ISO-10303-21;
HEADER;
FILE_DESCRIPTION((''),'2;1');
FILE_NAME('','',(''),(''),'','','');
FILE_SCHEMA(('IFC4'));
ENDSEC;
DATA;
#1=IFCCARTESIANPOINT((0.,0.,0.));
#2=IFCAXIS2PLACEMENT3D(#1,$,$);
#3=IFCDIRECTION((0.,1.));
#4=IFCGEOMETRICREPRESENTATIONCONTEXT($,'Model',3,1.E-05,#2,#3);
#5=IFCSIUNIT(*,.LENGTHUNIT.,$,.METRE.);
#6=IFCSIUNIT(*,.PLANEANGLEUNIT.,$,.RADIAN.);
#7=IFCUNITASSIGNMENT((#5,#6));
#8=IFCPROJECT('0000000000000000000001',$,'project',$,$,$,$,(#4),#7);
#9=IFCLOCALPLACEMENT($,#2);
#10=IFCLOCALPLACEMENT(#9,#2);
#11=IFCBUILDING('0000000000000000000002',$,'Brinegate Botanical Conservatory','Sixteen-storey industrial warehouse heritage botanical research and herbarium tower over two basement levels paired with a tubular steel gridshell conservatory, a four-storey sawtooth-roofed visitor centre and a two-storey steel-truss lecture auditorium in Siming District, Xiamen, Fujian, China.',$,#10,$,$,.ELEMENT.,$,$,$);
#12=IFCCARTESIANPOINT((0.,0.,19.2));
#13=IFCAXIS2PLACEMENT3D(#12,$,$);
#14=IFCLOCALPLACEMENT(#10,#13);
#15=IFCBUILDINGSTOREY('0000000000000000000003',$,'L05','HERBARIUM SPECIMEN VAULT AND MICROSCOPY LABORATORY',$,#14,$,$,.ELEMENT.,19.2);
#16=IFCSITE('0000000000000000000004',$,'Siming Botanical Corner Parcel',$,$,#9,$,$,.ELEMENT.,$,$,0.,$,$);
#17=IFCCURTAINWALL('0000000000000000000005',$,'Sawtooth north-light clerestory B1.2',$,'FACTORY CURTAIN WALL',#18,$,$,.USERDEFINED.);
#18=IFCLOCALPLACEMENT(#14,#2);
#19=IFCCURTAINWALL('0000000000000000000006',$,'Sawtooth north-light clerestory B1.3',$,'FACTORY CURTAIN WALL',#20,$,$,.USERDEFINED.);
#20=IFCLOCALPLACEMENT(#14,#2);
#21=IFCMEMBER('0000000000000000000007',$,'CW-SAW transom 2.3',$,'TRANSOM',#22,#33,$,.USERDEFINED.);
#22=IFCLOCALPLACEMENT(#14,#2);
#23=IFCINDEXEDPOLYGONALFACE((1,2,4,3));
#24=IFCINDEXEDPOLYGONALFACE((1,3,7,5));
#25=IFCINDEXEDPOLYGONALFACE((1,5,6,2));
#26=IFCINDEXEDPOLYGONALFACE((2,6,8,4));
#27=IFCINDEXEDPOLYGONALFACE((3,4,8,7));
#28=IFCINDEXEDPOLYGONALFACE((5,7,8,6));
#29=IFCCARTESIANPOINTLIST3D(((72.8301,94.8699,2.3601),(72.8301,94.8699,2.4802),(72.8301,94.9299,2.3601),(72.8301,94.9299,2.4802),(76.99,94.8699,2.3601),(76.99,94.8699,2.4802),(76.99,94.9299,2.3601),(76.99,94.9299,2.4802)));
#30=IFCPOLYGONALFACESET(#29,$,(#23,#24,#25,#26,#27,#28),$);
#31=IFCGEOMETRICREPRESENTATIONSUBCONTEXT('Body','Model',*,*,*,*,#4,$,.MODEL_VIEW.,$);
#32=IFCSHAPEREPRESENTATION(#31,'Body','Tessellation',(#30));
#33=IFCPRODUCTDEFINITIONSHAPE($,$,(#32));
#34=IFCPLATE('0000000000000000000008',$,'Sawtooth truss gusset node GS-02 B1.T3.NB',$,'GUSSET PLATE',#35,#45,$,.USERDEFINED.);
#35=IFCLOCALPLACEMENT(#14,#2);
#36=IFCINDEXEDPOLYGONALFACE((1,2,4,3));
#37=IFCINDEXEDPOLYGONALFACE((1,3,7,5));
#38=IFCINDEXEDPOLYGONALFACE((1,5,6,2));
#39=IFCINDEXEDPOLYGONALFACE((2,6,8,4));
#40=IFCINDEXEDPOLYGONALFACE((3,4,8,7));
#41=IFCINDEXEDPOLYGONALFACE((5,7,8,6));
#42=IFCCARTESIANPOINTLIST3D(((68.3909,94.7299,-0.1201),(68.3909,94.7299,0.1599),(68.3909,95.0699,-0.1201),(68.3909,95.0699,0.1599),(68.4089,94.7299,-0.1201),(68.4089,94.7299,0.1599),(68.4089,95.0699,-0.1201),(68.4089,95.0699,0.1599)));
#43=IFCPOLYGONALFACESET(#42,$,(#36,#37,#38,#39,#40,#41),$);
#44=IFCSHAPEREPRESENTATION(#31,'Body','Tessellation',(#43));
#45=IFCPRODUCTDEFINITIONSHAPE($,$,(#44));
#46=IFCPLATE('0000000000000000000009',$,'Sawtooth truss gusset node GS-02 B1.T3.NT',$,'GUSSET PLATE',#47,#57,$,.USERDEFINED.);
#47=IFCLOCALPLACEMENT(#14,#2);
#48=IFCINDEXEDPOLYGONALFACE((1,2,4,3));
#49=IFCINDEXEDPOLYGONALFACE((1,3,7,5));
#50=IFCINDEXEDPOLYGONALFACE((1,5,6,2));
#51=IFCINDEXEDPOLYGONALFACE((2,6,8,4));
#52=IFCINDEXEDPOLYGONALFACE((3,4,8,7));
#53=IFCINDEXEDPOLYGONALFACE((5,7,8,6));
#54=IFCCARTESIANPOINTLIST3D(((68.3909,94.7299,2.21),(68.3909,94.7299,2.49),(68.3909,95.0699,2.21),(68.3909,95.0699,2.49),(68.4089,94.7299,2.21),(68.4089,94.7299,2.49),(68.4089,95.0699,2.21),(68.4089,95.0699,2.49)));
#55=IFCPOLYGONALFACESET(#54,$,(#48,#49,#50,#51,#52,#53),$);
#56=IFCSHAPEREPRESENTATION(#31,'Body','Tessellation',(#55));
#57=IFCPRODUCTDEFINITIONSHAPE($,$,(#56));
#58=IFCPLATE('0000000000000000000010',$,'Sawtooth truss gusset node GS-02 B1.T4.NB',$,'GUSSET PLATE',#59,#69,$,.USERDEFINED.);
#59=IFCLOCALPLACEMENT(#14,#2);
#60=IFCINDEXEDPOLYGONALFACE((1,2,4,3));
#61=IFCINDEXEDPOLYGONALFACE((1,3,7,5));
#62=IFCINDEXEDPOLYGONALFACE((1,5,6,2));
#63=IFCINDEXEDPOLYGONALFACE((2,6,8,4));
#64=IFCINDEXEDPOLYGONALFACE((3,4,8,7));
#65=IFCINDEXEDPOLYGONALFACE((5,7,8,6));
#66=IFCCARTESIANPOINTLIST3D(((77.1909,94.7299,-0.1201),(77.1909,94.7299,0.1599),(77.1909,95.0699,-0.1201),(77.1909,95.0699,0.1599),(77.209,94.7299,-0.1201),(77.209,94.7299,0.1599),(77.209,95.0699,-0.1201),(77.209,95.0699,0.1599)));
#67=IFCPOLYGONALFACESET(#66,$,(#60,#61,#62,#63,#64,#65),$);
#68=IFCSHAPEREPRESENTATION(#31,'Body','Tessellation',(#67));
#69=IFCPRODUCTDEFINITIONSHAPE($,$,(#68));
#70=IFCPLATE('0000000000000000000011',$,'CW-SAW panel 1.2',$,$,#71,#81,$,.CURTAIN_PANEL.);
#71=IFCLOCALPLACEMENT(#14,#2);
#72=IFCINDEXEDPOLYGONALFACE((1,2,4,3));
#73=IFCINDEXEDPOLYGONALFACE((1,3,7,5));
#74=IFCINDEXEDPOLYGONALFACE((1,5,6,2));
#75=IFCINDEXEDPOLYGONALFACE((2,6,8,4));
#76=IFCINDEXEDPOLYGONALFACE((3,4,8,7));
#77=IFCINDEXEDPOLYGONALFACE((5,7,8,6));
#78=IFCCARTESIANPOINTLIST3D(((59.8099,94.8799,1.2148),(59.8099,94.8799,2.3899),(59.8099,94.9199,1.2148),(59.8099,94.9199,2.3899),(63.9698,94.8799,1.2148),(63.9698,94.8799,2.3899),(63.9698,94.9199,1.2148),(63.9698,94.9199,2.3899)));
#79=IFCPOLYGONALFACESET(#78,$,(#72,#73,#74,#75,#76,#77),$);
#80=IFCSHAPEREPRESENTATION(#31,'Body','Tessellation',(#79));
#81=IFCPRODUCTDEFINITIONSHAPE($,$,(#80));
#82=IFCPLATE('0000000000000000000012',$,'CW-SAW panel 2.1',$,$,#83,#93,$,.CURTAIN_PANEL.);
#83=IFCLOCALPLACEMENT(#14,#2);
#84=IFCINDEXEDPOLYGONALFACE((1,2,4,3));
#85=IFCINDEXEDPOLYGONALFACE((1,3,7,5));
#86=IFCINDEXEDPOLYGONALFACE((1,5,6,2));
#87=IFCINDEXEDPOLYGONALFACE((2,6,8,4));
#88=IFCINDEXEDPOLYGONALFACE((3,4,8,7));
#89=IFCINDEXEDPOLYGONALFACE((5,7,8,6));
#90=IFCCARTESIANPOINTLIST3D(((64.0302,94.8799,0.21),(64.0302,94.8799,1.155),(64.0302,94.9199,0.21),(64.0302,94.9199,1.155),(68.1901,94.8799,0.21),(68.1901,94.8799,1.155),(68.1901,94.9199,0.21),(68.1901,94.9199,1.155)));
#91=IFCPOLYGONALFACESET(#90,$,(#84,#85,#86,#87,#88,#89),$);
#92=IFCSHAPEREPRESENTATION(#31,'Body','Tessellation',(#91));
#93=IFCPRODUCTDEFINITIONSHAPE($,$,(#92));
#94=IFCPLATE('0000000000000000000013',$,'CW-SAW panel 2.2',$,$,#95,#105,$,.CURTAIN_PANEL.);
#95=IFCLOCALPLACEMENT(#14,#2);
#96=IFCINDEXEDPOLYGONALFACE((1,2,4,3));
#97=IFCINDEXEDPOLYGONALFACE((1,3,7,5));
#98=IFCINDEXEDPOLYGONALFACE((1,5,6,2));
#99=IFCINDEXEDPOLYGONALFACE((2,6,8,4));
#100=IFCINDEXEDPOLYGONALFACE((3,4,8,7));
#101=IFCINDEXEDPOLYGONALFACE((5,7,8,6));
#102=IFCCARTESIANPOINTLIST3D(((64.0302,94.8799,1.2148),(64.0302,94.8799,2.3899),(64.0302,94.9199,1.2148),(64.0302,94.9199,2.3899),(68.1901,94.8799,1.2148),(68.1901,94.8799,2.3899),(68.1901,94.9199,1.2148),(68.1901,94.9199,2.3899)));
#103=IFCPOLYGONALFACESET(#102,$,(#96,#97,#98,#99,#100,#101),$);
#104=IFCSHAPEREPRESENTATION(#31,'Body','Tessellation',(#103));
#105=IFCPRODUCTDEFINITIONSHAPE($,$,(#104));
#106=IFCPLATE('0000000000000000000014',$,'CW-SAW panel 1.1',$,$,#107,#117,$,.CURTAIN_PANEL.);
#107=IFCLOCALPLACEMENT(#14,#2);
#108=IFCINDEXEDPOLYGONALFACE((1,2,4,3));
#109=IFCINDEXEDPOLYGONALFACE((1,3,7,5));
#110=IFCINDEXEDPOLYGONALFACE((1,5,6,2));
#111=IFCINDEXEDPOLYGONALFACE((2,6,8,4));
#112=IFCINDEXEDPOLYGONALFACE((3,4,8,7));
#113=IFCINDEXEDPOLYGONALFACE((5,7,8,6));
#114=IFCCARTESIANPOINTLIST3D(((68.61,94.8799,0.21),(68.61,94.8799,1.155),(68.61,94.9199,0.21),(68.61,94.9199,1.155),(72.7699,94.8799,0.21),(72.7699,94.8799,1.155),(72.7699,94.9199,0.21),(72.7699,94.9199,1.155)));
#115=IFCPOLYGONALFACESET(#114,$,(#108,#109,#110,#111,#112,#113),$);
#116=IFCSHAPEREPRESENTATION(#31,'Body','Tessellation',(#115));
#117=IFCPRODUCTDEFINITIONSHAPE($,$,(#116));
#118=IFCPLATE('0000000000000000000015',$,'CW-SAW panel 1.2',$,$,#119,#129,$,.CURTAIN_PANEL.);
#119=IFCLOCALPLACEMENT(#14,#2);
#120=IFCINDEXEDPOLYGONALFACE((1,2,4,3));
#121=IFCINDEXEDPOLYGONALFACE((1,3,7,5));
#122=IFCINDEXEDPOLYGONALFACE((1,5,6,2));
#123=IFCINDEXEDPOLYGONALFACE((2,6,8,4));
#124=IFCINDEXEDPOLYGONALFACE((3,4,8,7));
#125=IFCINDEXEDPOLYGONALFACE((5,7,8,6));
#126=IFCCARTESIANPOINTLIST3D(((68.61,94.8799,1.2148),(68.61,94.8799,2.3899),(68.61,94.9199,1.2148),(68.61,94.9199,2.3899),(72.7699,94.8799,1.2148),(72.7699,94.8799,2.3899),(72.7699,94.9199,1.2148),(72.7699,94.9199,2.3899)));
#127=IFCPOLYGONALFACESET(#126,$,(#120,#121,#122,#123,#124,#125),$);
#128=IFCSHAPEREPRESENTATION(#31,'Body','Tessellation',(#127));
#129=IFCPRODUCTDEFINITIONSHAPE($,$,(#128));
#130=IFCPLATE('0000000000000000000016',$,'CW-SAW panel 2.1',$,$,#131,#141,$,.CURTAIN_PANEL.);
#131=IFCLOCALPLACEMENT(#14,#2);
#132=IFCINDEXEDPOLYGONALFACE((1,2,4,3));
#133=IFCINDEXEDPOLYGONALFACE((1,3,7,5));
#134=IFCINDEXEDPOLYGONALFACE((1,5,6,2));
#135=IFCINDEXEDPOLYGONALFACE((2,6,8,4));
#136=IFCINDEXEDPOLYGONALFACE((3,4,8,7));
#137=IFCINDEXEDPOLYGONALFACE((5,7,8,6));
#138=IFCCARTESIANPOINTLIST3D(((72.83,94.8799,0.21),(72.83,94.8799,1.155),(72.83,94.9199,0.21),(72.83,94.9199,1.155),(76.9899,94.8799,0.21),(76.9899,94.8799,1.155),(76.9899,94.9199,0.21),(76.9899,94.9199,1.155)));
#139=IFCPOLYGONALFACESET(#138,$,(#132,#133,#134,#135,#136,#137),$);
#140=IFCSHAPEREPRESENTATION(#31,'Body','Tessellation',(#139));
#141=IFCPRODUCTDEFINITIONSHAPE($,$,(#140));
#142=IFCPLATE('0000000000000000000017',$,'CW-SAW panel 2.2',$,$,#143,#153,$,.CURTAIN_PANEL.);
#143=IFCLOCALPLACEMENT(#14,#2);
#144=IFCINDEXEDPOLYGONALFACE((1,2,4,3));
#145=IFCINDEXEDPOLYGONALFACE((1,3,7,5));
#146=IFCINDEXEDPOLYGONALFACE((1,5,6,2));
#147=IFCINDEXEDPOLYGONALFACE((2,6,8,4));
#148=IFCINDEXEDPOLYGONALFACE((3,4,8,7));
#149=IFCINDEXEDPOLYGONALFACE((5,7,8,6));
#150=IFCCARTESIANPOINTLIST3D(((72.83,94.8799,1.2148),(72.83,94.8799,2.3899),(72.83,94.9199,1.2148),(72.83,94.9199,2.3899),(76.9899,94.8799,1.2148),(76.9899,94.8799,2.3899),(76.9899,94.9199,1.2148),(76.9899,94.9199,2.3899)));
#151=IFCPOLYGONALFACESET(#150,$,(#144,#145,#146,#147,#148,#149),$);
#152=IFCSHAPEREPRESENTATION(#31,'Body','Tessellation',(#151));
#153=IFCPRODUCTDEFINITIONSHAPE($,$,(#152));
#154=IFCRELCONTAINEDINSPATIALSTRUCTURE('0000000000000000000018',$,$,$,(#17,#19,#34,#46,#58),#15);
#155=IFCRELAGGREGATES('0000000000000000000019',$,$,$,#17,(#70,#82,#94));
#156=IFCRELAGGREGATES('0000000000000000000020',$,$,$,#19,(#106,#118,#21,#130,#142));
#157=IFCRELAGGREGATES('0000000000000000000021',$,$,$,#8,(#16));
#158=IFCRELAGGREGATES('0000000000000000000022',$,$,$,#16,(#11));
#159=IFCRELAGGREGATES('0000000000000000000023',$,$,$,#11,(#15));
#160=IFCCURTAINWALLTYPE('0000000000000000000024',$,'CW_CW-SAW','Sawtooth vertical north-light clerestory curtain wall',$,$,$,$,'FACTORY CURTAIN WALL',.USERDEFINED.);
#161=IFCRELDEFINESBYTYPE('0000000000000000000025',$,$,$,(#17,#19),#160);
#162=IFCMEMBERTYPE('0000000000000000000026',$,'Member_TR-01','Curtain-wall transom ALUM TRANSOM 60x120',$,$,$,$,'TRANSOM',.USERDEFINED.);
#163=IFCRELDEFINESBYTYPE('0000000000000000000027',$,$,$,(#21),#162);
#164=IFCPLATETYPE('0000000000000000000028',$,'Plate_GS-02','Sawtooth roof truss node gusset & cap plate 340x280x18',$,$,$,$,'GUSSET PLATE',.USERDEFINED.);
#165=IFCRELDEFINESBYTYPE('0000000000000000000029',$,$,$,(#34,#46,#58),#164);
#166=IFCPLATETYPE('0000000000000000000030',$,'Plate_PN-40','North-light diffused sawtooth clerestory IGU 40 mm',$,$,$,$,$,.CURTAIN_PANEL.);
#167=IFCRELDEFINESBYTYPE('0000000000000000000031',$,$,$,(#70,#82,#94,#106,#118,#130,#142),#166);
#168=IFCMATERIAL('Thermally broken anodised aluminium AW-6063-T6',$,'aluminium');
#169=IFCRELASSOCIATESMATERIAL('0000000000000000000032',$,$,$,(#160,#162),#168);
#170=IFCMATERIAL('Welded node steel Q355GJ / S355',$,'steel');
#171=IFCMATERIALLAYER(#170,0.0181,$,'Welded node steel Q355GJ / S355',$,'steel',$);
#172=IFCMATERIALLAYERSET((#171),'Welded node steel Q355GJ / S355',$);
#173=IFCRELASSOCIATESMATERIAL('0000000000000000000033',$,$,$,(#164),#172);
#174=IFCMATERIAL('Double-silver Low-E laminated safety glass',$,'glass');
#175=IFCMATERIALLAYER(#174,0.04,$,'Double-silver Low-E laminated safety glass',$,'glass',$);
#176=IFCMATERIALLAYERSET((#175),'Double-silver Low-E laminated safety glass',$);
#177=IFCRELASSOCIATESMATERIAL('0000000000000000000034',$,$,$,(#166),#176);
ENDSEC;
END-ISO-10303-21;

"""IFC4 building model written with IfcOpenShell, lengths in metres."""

from ifc_helpers import new_model, si_unit, direction, frame, origin, origin_2d, place, context, subcontext, project, spatial, rectangle, extrude, material, layer, layer_set, material_profile, profile_set, type_object, element, aggregate, save


model = new_model("IFC4")

# Units and contexts
model_context = context("Model", 3, precision=1e-05, world=origin(), true_north=direction((0.0, 1.0)))
body_context = subcontext(model_context, "Body", "Model", "MODEL_VIEW")
ifc_project = project(units=[si_unit("LENGTHUNIT", "METRE"), si_unit("PLANEANGLEUNIT", "RADIAN")], contexts=[model_context])

# Site, building, storey
site_placement = place(None, origin())
site = spatial("IfcSite", under=ifc_project, at=site_placement, Name="Siming Botanical Corner Parcel", CompositionType="ELEMENT", RefElevation=0.0)
building_placement = place(site_placement, origin())
building = spatial("IfcBuilding", under=site, at=building_placement, Name="Brinegate Botanical Conservatory", Description="Sixteen-storey industrial warehouse heritage botanical research and herbarium tower over two basement levels paired with a tubular steel gridshell conservatory, a four-storey sawtooth-roofed visitor centre and a two-storey steel-truss lecture auditorium in Siming District, Xiamen, Fujian, China.", CompositionType="ELEMENT")
storey_placement = place(building_placement, frame((0.0, 0.0, 19.2)))
storey = spatial("IfcBuildingStorey", under=building, at=storey_placement, Name="L05", Description="HERBARIUM SPECIMEN VAULT AND MICROSCOPY LABORATORY", CompositionType="ELEMENT", Elevation=19.2)

# Curtain walls
ifc_material_1 = material(Name="Thermally broken anodised aluminium AW-6063-T6", Category="aluminium")
curtain_wall_type = type_object("IfcCurtainWallType", Name="CW_CW-SAW", Description="Sawtooth vertical north-light clerestory curtain wall", ElementType="FACTORY CURTAIN WALL", PredefinedType="USERDEFINED", material=ifc_material_1)
curtain_wall_1_placement = place(storey_placement, origin())
curtain_wall_1 = element("IfcCurtainWall", 1, at=curtain_wall_1_placement, inside=storey, type_object=curtain_wall_type, Name="Sawtooth north-light clerestory B1.2", ObjectType="FACTORY CURTAIN WALL", PredefinedType="USERDEFINED")
curtain_wall_2_placement = place(storey_placement, origin())
curtain_wall_2 = element("IfcCurtainWall", 2, at=curtain_wall_2_placement, inside=storey, type_object=curtain_wall_type, Name="Sawtooth north-light clerestory B1.3", ObjectType="FACTORY CURTAIN WALL", PredefinedType="USERDEFINED")

# Member
ifc_material_profile_1 = material_profile(ifc_material_1, rectangle(XDim=0.0601, YDim=0.1201, at=origin_2d()), Name="ALUM TRANSOM 60x120")
ifc_profile_set_1 = profile_set([ifc_material_profile_1], Name="Thermally broken anodised aluminium AW-6063-T6")
member_type_1 = type_object("IfcMemberType", Name="Member_TR-01", Description="Curtain-wall transom ALUM TRANSOM 60x120", ElementType="TRANSOM", PredefinedType="USERDEFINED", material=ifc_profile_set_1)
member_1_placement = place(storey_placement, frame((72.8301, 94.8999, 2.4202), z_axis=(1.0, 0.0, 0.0), x_axis=(0.0, 1.0, 0.0)))
member_1 = element("IfcMember", 3, at=member_1_placement, type_object=member_type_1, Name="CW-SAW transom 2.3", ObjectType="TRANSOM", PredefinedType="USERDEFINED", context=body_context, shape_type="SweptSolid", body=[
    extrude(rectangle(XDim=0.0601, YDim=0.1201, at=origin_2d()), origin(), (0.0, 0.0, 1.0), 4.1599),
])

# Plates
ifc_material_2 = material(Name="Welded node steel Q355GJ / S355", Category="steel")
ifc_layer_1 = layer(ifc_material_2, 0.0181, Name="Welded node steel Q355GJ / S355", Category="steel")
ifc_layer_set_1 = layer_set([ifc_layer_1], Name="Welded node steel Q355GJ / S355")
plate_type_1 = type_object("IfcPlateType", Name="Plate_GS-02", Description="Sawtooth roof truss node gusset & cap plate 340x280x18", ElementType="GUSSET PLATE", PredefinedType="USERDEFINED", material=ifc_layer_set_1)
for number, where, z_axis, x_axis, name in (
    (4, (68.3999, 94.8999, -0.1201), (0.0, 0.0, 1.0), (1.0, 0.0, 0.0), "Sawtooth truss gusset node GS-02 B1.T3.NB"),
    (5, (68.3999, 94.8999, 2.21), (0.0, 0.0, 1.0), (1.0, 0.0, 0.0), "Sawtooth truss gusset node GS-02 B1.T3.NT"),
    (6, (77.2, 94.8999, -0.1201), (0.0, 0.0, 1.0), (1.0, 0.0, 0.0), "Sawtooth truss gusset node GS-02 B1.T4.NB"),
):
    element("IfcPlate", number, at=place(storey_placement, frame(where, z_axis=z_axis, x_axis=x_axis)), inside=storey, type_object=plate_type_1, Name=name, ObjectType="GUSSET PLATE", PredefinedType="USERDEFINED", context=body_context, shape_type="SweptSolid", body=[
        extrude(rectangle(XDim=0.0181, YDim=0.3401, at=origin_2d()), origin(), (0.0, 0.0, 1.0), 0.28),
    ])

# Plates
ifc_material_3 = material(Name="Double-silver Low-E laminated safety glass", Category="glass")
ifc_layer_2 = layer(ifc_material_3, 0.04, Name="Double-silver Low-E laminated safety glass", Category="glass")
ifc_layer_set_2 = layer_set([ifc_layer_2], Name="Double-silver Low-E laminated safety glass")
plate_type_2 = type_object("IfcPlateType", Name="Plate_PN-40", Description="North-light diffused sawtooth clerestory IGU 40 mm", PredefinedType="CURTAIN_PANEL", material=ifc_layer_set_2)
plate_1_placement = place(storey_placement, frame((61.8899, 94.8999, 1.2148), z_axis=(0.0, 0.0, 1.0), x_axis=(1.0, 0.0, 0.0)))
plate_1 = element("IfcPlate", 7, at=plate_1_placement, type_object=plate_type_2, Name="CW-SAW panel 1.2", PredefinedType="CURTAIN_PANEL", context=body_context, shape_type="SweptSolid", body=[
    extrude(rectangle(XDim=4.1599, YDim=0.04, at=origin_2d()), origin(), (0.0, 0.0, 1.0), 1.175),
])
plate_2_placement = place(storey_placement, frame((66.1101, 94.8999, 0.21), z_axis=(0.0, 0.0, 1.0), x_axis=(1.0, 0.0, 0.0)))
plate_2 = element("IfcPlate", 8, at=plate_2_placement, type_object=plate_type_2, Name="CW-SAW panel 2.1", PredefinedType="CURTAIN_PANEL", context=body_context, shape_type="SweptSolid", body=[
    extrude(rectangle(XDim=4.1599, YDim=0.04, at=origin_2d()), origin(), (0.0, 0.0, 1.0), 0.9451),
])
plate_3_placement = place(storey_placement, frame((66.1101, 94.8999, 1.2148), z_axis=(0.0, 0.0, 1.0), x_axis=(1.0, 0.0, 0.0)))
plate_3 = element("IfcPlate", 9, at=plate_3_placement, type_object=plate_type_2, Name="CW-SAW panel 2.2", PredefinedType="CURTAIN_PANEL", context=body_context, shape_type="SweptSolid", body=[
    extrude(rectangle(XDim=4.1599, YDim=0.04, at=origin_2d()), origin(), (0.0, 0.0, 1.0), 1.175),
])
aggregate(curtain_wall_1, [plate_1, plate_2, plate_3])
plate_4_placement = place(storey_placement, frame((70.6899, 94.8999, 0.21), z_axis=(0.0, 0.0, 1.0), x_axis=(1.0, 0.0, 0.0)))
plate_4 = element("IfcPlate", 10, at=plate_4_placement, type_object=plate_type_2, Name="CW-SAW panel 1.1", PredefinedType="CURTAIN_PANEL", context=body_context, shape_type="SweptSolid", body=[
    extrude(rectangle(XDim=4.1599, YDim=0.04, at=origin_2d()), origin(), (0.0, 0.0, 1.0), 0.9451),
])
plate_5_placement = place(storey_placement, frame((70.6899, 94.8999, 1.2148), z_axis=(0.0, 0.0, 1.0), x_axis=(1.0, 0.0, 0.0)))
plate_5 = element("IfcPlate", 11, at=plate_5_placement, type_object=plate_type_2, Name="CW-SAW panel 1.2", PredefinedType="CURTAIN_PANEL", context=body_context, shape_type="SweptSolid", body=[
    extrude(rectangle(XDim=4.1599, YDim=0.04, at=origin_2d()), origin(), (0.0, 0.0, 1.0), 1.175),
])
plate_6_placement = place(storey_placement, frame((74.9099, 94.8999, 0.21), z_axis=(0.0, 0.0, 1.0), x_axis=(1.0, 0.0, 0.0)))
plate_6 = element("IfcPlate", 12, at=plate_6_placement, type_object=plate_type_2, Name="CW-SAW panel 2.1", PredefinedType="CURTAIN_PANEL", context=body_context, shape_type="SweptSolid", body=[
    extrude(rectangle(XDim=4.1599, YDim=0.04, at=origin_2d()), origin(), (0.0, 0.0, 1.0), 0.9451),
])
plate_7_placement = place(storey_placement, frame((74.9099, 94.8999, 1.2148), z_axis=(0.0, 0.0, 1.0), x_axis=(1.0, 0.0, 0.0)))
plate_7 = element("IfcPlate", 13, at=plate_7_placement, type_object=plate_type_2, Name="CW-SAW panel 2.2", PredefinedType="CURTAIN_PANEL", context=body_context, shape_type="SweptSolid", body=[
    extrude(rectangle(XDim=4.1599, YDim=0.04, at=origin_2d()), origin(), (0.0, 0.0, 1.0), 1.175),
])
aggregate(curtain_wall_2, [plate_4, plate_5, member_1, plate_6, plate_7])

save(model, "model.ifc")
